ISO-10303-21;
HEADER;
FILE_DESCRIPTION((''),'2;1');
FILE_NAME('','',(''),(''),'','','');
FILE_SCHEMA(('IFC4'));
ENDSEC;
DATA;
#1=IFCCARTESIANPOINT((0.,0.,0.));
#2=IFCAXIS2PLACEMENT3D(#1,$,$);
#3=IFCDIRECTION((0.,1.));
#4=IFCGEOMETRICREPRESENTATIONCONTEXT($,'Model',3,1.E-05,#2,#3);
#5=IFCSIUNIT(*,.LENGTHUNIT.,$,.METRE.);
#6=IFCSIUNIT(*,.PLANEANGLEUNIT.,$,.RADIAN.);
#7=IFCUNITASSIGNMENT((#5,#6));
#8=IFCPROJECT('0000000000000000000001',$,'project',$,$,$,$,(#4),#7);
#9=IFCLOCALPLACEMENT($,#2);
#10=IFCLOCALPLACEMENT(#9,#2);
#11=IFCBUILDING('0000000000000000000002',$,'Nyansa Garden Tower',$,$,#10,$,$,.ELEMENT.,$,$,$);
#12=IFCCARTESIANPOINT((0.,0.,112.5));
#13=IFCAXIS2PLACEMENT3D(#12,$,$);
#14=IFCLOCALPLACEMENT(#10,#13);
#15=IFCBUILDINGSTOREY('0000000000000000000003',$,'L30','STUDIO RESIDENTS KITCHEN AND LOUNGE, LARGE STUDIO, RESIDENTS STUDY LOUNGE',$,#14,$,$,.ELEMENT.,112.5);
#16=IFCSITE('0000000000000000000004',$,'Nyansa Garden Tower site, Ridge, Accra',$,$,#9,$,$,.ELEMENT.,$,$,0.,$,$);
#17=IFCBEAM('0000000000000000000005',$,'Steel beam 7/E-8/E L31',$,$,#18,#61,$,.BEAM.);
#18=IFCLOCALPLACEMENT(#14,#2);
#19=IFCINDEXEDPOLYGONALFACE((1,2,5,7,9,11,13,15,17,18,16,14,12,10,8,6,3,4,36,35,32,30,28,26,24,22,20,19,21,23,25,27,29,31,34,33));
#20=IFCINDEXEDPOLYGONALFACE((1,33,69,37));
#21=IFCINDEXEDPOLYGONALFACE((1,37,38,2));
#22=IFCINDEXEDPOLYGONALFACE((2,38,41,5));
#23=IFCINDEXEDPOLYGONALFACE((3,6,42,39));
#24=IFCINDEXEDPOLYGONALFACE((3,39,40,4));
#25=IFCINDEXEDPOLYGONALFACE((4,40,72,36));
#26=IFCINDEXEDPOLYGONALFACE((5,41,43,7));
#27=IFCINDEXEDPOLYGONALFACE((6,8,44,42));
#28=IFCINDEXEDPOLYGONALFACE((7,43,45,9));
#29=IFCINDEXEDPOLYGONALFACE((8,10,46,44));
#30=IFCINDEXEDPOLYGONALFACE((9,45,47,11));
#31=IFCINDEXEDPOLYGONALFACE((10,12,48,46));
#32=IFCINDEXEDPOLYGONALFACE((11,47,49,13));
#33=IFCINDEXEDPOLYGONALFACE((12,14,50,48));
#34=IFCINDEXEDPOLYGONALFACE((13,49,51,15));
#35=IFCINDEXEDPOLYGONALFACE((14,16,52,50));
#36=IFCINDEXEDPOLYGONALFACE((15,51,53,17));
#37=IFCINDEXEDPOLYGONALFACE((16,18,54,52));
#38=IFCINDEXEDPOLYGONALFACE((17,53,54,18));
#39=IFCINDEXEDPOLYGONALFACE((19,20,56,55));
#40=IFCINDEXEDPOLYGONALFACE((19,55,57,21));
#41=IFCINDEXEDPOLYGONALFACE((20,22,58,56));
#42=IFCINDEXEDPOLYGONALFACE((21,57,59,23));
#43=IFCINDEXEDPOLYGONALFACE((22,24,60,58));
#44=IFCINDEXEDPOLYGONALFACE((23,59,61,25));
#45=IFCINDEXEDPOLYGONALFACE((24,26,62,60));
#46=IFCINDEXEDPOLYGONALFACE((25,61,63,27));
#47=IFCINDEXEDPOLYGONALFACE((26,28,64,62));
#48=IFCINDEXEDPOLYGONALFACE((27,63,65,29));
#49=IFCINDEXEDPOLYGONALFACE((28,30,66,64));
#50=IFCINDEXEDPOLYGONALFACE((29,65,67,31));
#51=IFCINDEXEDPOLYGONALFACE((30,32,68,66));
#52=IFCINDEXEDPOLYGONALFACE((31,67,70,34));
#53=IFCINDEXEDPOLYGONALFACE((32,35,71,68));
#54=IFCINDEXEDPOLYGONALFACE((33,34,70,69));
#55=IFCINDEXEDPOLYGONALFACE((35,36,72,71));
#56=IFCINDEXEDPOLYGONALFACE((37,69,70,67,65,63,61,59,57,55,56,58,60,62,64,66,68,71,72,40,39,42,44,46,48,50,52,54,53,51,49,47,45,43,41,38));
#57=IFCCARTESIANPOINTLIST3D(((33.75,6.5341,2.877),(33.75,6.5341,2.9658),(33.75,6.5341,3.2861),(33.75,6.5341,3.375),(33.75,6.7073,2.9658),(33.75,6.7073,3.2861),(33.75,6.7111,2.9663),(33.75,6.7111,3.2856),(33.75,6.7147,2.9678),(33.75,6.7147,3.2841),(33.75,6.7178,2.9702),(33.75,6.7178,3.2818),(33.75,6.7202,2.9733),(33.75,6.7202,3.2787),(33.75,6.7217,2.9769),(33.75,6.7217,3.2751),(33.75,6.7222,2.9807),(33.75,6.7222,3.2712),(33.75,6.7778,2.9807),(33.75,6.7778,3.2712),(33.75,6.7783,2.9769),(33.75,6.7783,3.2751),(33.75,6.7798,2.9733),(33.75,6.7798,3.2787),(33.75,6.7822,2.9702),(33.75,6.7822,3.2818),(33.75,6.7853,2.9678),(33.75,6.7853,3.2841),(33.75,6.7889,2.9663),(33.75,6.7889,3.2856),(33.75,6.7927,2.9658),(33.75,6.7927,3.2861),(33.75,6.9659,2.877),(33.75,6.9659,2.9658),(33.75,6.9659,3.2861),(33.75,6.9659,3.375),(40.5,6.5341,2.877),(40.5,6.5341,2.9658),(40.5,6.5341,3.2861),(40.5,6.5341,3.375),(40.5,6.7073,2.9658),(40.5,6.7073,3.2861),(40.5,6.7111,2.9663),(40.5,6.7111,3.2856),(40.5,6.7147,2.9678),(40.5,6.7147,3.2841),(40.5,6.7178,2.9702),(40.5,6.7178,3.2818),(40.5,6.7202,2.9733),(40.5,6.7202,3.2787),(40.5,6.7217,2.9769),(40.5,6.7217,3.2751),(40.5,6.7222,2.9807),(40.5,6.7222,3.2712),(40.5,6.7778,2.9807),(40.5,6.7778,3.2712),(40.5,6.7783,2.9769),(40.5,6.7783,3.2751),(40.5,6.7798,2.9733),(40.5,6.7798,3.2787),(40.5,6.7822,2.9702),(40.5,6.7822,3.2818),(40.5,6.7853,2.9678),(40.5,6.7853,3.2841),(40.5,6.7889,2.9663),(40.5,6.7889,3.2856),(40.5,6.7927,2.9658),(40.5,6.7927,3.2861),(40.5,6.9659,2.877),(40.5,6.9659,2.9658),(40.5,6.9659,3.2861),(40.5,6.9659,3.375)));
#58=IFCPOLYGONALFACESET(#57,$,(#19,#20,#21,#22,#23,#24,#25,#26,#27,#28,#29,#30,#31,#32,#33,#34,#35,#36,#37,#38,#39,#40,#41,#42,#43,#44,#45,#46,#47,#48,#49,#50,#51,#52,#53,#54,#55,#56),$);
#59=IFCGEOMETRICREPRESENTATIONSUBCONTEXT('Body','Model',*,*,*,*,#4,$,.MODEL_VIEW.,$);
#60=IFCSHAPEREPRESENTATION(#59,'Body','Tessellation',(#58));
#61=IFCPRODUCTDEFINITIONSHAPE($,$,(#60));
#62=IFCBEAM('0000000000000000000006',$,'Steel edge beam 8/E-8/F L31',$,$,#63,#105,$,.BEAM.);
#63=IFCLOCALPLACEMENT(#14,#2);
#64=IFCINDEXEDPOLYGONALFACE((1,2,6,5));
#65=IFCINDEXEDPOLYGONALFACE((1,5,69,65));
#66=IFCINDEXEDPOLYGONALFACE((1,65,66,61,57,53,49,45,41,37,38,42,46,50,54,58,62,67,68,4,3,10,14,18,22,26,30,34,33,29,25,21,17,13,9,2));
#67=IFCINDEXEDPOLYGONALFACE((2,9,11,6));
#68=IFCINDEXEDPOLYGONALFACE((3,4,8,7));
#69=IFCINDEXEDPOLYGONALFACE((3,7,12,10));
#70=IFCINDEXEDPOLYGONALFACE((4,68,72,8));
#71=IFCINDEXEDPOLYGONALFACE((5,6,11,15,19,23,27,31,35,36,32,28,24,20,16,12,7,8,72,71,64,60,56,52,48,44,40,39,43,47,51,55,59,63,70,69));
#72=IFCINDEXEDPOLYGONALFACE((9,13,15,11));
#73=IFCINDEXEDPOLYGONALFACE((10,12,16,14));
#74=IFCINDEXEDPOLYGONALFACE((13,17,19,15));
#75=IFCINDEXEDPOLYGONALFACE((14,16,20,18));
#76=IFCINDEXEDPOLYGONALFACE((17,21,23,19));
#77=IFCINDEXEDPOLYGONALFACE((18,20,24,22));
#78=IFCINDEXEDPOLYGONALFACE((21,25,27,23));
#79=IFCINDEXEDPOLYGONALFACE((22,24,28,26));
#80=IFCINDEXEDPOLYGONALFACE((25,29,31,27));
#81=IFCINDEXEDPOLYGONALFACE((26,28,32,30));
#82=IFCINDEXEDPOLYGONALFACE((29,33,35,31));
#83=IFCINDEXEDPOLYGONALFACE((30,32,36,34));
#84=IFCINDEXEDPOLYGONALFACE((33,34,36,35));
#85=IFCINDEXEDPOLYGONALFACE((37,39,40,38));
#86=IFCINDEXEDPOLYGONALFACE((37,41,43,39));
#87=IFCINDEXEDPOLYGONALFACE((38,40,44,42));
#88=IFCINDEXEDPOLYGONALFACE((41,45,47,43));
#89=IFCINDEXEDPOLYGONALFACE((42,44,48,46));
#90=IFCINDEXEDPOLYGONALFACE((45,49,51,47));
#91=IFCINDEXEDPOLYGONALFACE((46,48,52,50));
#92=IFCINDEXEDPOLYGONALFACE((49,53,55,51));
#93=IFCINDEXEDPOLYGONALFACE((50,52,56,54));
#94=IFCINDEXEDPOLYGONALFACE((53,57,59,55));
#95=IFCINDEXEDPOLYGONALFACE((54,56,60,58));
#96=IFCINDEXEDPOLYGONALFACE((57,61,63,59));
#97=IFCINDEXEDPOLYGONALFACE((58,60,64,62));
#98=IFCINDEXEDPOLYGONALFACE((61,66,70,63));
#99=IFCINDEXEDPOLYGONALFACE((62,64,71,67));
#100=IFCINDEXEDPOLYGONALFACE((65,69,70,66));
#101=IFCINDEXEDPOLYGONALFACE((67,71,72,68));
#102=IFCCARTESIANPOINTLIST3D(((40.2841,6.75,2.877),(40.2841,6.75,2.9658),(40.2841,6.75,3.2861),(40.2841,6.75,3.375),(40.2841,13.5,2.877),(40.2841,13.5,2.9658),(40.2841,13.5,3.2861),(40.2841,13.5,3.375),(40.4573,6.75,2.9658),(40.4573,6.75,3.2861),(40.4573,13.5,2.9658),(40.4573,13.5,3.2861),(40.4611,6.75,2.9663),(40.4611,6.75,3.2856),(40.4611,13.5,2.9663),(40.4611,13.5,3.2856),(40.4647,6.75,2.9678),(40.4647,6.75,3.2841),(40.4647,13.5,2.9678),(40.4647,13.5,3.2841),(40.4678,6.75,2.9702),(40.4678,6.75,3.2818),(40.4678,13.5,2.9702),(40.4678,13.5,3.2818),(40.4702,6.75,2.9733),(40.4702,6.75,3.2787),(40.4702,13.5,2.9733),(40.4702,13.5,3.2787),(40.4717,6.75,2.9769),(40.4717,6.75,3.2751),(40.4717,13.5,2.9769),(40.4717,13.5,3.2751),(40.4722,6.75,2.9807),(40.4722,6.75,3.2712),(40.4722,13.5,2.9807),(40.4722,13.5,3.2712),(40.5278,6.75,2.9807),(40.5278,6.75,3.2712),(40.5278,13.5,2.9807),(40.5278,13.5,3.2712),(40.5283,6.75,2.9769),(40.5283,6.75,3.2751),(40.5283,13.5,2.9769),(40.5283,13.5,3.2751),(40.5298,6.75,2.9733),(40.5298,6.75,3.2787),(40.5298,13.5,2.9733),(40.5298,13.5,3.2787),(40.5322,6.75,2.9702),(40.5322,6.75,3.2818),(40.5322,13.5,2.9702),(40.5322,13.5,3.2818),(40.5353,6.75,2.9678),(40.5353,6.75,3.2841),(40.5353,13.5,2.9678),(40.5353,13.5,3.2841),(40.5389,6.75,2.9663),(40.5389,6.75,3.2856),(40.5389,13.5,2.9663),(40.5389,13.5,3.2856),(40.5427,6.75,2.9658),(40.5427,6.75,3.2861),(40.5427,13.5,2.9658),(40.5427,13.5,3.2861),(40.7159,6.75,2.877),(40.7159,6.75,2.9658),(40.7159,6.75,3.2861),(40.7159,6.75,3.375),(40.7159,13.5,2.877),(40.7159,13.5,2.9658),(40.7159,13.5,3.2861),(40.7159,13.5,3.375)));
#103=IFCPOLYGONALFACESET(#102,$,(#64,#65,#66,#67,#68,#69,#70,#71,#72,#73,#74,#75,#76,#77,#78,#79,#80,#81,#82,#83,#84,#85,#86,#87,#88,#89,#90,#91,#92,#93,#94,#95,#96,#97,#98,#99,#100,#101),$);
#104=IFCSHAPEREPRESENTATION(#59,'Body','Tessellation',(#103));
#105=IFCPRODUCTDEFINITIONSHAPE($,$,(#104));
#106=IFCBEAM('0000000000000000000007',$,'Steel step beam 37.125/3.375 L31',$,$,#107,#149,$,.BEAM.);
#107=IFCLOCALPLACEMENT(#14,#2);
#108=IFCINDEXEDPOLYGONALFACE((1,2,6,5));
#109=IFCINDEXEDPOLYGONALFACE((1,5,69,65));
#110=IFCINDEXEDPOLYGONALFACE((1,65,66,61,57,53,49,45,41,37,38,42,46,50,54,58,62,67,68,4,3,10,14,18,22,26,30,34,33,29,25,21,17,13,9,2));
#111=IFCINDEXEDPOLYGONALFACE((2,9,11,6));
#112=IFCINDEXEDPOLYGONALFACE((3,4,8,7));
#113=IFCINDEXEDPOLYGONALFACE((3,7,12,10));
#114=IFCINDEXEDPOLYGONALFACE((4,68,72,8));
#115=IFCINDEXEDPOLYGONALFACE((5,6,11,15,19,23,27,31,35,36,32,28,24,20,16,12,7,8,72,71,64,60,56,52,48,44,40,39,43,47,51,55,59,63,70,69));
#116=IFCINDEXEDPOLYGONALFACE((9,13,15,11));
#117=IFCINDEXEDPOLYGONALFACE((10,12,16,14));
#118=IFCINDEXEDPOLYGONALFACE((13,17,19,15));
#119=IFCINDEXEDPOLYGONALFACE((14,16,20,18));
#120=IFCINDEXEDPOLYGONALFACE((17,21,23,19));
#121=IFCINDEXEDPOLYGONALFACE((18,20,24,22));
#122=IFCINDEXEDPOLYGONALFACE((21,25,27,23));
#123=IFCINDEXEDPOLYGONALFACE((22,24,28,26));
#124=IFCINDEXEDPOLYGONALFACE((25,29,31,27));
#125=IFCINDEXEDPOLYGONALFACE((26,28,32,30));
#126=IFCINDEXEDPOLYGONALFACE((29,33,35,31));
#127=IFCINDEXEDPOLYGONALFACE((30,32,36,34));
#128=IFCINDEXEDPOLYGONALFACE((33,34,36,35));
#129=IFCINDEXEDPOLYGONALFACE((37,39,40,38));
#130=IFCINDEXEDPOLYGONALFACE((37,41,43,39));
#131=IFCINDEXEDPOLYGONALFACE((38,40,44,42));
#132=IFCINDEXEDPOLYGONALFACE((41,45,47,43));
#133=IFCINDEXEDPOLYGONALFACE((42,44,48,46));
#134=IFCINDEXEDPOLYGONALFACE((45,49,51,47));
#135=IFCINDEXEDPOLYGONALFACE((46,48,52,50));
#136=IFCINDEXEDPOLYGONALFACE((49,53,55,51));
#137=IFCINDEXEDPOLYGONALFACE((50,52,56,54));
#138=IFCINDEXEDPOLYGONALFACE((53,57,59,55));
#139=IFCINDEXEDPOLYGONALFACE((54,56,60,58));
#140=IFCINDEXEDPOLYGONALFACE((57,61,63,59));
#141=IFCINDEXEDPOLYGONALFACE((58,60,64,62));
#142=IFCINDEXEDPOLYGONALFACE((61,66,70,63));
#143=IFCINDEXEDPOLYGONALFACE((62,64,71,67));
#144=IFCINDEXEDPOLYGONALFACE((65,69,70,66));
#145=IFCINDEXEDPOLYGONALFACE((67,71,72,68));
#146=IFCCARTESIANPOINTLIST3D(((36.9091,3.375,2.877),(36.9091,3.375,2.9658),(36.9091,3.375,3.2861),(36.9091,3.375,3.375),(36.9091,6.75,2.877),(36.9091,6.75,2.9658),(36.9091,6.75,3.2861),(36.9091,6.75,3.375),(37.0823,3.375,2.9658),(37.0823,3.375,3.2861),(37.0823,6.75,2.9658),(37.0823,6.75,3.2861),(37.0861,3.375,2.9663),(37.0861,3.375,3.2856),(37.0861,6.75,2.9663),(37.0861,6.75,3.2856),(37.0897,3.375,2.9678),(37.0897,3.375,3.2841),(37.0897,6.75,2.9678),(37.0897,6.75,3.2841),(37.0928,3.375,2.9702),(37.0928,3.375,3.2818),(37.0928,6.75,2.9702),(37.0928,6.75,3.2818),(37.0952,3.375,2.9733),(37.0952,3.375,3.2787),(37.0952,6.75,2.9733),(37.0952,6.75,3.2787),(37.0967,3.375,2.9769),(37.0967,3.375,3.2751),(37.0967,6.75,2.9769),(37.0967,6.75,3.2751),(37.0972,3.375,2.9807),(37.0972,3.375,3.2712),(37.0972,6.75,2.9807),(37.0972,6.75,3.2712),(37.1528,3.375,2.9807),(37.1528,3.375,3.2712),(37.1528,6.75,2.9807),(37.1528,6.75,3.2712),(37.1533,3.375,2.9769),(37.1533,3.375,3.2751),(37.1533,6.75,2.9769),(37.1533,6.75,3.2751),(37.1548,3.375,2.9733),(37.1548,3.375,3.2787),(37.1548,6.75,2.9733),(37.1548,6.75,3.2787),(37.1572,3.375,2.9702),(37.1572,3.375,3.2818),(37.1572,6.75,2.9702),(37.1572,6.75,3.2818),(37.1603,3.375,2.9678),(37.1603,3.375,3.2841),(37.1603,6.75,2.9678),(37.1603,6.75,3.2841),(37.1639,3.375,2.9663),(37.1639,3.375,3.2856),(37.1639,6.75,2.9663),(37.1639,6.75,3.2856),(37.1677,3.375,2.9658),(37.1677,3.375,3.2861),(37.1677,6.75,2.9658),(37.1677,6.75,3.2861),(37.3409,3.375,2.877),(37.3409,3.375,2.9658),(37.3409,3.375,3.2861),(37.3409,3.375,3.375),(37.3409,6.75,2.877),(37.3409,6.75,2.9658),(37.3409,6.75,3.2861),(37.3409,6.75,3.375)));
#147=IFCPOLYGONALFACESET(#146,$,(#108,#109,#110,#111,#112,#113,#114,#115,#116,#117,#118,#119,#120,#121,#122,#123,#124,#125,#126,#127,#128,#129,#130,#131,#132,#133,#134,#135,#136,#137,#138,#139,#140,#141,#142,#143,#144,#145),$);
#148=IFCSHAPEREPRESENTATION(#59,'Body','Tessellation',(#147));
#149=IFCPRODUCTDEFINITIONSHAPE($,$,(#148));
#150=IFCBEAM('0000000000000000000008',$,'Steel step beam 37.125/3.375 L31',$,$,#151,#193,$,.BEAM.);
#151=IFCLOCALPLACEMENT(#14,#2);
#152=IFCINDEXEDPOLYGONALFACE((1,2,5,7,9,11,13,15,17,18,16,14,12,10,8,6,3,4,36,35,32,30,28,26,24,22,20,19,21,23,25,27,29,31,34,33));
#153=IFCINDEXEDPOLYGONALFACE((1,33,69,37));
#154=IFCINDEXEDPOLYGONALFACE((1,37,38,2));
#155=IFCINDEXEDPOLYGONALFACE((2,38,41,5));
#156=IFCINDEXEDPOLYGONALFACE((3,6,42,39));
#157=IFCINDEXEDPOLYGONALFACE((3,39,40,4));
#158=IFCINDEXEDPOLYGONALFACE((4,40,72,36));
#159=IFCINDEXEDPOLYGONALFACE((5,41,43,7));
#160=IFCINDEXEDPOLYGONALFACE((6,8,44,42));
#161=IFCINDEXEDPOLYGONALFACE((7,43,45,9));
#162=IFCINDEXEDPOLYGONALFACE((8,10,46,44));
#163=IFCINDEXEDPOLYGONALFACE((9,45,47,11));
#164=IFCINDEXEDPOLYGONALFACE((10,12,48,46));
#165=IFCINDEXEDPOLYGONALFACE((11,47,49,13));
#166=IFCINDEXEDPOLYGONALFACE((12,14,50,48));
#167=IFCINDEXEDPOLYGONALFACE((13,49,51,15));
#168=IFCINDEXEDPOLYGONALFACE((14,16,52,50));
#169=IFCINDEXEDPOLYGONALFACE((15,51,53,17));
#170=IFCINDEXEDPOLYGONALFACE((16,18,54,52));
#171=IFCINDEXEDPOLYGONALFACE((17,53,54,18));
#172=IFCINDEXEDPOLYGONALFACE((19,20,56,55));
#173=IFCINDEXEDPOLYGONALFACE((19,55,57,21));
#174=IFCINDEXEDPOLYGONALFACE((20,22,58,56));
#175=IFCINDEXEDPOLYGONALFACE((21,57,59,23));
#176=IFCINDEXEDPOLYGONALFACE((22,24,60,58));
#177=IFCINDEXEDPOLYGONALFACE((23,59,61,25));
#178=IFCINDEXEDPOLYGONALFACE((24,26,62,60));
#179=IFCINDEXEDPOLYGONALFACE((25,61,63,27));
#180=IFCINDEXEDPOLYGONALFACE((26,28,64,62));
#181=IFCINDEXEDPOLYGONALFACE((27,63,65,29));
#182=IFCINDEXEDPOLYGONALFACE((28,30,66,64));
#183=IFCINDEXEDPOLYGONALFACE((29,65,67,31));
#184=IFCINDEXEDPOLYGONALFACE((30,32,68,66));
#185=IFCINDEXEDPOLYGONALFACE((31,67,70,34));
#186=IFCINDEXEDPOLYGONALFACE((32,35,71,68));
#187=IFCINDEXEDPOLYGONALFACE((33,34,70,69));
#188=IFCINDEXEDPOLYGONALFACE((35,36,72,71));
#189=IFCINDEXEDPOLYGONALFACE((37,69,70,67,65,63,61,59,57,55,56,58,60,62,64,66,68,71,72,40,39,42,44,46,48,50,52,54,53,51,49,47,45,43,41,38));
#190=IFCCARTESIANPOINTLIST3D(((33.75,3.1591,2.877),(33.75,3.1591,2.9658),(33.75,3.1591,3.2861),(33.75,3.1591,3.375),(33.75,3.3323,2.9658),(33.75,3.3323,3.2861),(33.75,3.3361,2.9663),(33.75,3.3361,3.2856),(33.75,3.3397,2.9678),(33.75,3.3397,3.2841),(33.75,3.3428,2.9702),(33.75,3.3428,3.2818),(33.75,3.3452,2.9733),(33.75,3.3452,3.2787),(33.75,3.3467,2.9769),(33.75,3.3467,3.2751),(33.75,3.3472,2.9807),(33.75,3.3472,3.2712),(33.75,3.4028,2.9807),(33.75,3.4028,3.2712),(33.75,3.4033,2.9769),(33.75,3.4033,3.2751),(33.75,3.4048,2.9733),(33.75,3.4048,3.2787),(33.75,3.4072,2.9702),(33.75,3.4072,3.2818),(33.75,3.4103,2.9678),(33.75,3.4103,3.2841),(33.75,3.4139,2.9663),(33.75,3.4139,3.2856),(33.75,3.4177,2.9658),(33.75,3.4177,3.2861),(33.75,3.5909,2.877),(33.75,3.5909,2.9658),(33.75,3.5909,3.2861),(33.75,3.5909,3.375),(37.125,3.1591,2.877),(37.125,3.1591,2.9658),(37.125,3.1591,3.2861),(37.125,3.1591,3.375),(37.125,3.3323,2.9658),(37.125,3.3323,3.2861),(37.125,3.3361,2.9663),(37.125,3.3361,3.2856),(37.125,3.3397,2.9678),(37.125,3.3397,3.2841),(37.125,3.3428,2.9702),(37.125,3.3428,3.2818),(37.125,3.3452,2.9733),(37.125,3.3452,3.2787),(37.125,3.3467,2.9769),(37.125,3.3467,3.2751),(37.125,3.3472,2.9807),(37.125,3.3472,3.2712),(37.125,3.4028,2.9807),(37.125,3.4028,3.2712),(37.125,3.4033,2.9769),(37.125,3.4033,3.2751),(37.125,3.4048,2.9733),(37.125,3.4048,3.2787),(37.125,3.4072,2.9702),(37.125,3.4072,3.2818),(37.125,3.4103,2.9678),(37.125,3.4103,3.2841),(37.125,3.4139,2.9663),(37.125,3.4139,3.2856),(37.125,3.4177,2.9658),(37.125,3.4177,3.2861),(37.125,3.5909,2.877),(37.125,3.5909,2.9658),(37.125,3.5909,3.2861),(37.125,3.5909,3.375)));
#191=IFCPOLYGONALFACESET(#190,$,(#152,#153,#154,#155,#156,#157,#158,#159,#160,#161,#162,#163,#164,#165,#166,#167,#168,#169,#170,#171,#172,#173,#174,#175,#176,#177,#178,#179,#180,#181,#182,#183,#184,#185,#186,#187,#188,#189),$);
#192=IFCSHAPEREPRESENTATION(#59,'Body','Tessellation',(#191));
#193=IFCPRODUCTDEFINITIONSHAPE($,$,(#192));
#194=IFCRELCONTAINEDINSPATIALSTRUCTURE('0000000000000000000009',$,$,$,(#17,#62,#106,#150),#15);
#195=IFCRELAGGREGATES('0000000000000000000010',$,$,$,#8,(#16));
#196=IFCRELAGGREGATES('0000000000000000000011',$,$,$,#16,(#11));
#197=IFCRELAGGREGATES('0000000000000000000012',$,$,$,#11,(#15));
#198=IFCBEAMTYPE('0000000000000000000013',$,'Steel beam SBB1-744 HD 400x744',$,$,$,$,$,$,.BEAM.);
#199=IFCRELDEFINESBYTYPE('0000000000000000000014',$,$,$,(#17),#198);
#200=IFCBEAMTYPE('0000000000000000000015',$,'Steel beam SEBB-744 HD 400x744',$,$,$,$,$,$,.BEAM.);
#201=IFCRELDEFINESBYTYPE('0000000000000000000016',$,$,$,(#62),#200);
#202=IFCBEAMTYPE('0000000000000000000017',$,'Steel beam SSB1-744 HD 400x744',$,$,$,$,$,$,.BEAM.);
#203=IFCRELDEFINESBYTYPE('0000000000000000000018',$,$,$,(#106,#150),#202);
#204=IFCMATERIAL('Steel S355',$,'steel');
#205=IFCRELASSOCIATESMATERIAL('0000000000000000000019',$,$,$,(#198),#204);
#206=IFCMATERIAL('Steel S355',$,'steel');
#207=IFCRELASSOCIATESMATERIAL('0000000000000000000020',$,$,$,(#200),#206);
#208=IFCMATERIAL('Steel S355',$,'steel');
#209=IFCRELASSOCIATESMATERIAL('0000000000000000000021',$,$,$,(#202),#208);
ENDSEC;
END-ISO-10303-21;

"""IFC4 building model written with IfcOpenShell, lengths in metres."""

from ifc_helpers import new_model, si_unit, direction, frame, origin, origin_2d, place, context, subcontext, project, spatial, i_section, extrude, material, material_profile, profile_set, type_object, element, save


model = new_model("IFC4")

# Units and contexts
model_context = context("Model", 3, precision=1e-05, world=origin(), true_north=direction((0.0, 1.0)))
body_context = subcontext(model_context, "Body", "Model", "MODEL_VIEW")
ifc_project = project(units=[si_unit("LENGTHUNIT", "METRE"), si_unit("PLANEANGLEUNIT", "RADIAN")], contexts=[model_context])

# Site, building, storey
site_placement = place(None, origin())
site = spatial("IfcSite", under=ifc_project, at=site_placement, Name="Nyansa Garden Tower site, Ridge, Accra", CompositionType="ELEMENT", RefElevation=0.0)
building_placement = place(site_placement, origin())
building = spatial("IfcBuilding", under=site, at=building_placement, Name="Nyansa Garden Tower", CompositionType="ELEMENT")
storey_placement = place(building_placement, frame((0.0, 0.0, 112.5)))
storey = spatial("IfcBuildingStorey", under=building, at=storey_placement, Name="L30", Description="STUDIO RESIDENTS KITCHEN AND LOUNGE, LARGE STUDIO, RESIDENTS STUDY LOUNGE", CompositionType="ELEMENT", Elevation=112.5)

# Beams
ifc_material_1 = material(Name="Steel S355", Category="steel")
ifc_material_profile_1 = material_profile(ifc_material_1, i_section(OverallWidth=0.4319, OverallDepth=0.498, WebThickness=0.0557, FlangeThickness=0.0889, FilletRadius=0.0149, at=origin_2d()), Name="HD 400x744")
ifc_profile_set_1 = profile_set([ifc_material_profile_1], Name="Steel S355")
beam_type_1 = type_object("IfcBeamType", Name="Steel beam SBB1-744 HD 400x744", PredefinedType="BEAM", material=ifc_profile_set_1)
for number, where, z_axis, x_axis, name in (
    (1, (33.75, 6.75, 3.126), (1.0, 0.0, 0.0), (0.0, 1.0, 0.0), "Steel beam 7/E-8/E L31"),
):
    element("IfcBeam", number, at=place(storey_placement, frame(where, z_axis=z_axis, x_axis=x_axis)), inside=storey, type_object=beam_type_1, Name=name, PredefinedType="BEAM", context=body_context, shape_type="SweptSolid", body=[
        extrude(i_section(OverallWidth=0.4319, OverallDepth=0.498, WebThickness=0.0557, FlangeThickness=0.0889, FilletRadius=0.0149, at=origin_2d()), origin(), (0.0, 0.0, 1.0), 6.75),
    ])
ifc_material_2 = material(Name="Steel S355", Category="steel")
ifc_material_profile_2 = material_profile(ifc_material_2, i_section(OverallWidth=0.4319, OverallDepth=0.498, WebThickness=0.0557, FlangeThickness=0.0889, FilletRadius=0.0149, at=origin_2d()), Name="HD 400x744")
ifc_profile_set_2 = profile_set([ifc_material_profile_2], Name="Steel S355")
beam_type_2 = type_object("IfcBeamType", Name="Steel beam SEBB-744 HD 400x744", PredefinedType="BEAM", material=ifc_profile_set_2)
beam_placement = place(storey_placement, frame((40.5, 6.75, 3.126), z_axis=(0.0, 1.0, 0.0), x_axis=(-1.0, 0.0, 0.0)))
element("IfcBeam", 2, at=beam_placement, inside=storey, type_object=beam_type_2, Name="Steel edge beam 8/E-8/F L31", PredefinedType="BEAM", context=body_context, shape_type="SweptSolid", body=[
    extrude(i_section(OverallWidth=0.4319, OverallDepth=0.498, WebThickness=0.0557, FlangeThickness=0.0889, FilletRadius=0.0149, at=origin_2d()), origin(), (0.0, 0.0, 1.0), 6.75),
])
ifc_material_3 = material(Name="Steel S355", Category="steel")
ifc_material_profile_3 = material_profile(ifc_material_3, i_section(OverallWidth=0.4319, OverallDepth=0.498, WebThickness=0.0557, FlangeThickness=0.0889, FilletRadius=0.0149, at=origin_2d()), Name="HD 400x744")
ifc_profile_set_3 = profile_set([ifc_material_profile_3], Name="Steel S355")
beam_type_3 = type_object("IfcBeamType", Name="Steel beam SSB1-744 HD 400x744", PredefinedType="BEAM", material=ifc_profile_set_3)
for number, where, z_axis, x_axis, name in (
    (3, (37.125, 3.375, 3.126), (0.0, 1.0, 0.0), (-1.0, 0.0, 0.0), "Steel step beam 37.125/3.375 L31"),
    (4, (37.125, 3.375, 3.126), (-1.0, 0.0, 0.0), (0.0, -1.0, 0.0), "Steel step beam 37.125/3.375 L31"),
):
    element("IfcBeam", number, at=place(storey_placement, frame(where, z_axis=z_axis, x_axis=x_axis)), inside=storey, type_object=beam_type_3, Name=name, PredefinedType="BEAM", context=body_context, shape_type="SweptSolid", body=[
        extrude(i_section(OverallWidth=0.4319, OverallDepth=0.498, WebThickness=0.0557, FlangeThickness=0.0889, FilletRadius=0.0149, at=origin_2d()), origin(), (0.0, 0.0, 1.0), 3.375),
    ])

save(model, "model.ifc")
